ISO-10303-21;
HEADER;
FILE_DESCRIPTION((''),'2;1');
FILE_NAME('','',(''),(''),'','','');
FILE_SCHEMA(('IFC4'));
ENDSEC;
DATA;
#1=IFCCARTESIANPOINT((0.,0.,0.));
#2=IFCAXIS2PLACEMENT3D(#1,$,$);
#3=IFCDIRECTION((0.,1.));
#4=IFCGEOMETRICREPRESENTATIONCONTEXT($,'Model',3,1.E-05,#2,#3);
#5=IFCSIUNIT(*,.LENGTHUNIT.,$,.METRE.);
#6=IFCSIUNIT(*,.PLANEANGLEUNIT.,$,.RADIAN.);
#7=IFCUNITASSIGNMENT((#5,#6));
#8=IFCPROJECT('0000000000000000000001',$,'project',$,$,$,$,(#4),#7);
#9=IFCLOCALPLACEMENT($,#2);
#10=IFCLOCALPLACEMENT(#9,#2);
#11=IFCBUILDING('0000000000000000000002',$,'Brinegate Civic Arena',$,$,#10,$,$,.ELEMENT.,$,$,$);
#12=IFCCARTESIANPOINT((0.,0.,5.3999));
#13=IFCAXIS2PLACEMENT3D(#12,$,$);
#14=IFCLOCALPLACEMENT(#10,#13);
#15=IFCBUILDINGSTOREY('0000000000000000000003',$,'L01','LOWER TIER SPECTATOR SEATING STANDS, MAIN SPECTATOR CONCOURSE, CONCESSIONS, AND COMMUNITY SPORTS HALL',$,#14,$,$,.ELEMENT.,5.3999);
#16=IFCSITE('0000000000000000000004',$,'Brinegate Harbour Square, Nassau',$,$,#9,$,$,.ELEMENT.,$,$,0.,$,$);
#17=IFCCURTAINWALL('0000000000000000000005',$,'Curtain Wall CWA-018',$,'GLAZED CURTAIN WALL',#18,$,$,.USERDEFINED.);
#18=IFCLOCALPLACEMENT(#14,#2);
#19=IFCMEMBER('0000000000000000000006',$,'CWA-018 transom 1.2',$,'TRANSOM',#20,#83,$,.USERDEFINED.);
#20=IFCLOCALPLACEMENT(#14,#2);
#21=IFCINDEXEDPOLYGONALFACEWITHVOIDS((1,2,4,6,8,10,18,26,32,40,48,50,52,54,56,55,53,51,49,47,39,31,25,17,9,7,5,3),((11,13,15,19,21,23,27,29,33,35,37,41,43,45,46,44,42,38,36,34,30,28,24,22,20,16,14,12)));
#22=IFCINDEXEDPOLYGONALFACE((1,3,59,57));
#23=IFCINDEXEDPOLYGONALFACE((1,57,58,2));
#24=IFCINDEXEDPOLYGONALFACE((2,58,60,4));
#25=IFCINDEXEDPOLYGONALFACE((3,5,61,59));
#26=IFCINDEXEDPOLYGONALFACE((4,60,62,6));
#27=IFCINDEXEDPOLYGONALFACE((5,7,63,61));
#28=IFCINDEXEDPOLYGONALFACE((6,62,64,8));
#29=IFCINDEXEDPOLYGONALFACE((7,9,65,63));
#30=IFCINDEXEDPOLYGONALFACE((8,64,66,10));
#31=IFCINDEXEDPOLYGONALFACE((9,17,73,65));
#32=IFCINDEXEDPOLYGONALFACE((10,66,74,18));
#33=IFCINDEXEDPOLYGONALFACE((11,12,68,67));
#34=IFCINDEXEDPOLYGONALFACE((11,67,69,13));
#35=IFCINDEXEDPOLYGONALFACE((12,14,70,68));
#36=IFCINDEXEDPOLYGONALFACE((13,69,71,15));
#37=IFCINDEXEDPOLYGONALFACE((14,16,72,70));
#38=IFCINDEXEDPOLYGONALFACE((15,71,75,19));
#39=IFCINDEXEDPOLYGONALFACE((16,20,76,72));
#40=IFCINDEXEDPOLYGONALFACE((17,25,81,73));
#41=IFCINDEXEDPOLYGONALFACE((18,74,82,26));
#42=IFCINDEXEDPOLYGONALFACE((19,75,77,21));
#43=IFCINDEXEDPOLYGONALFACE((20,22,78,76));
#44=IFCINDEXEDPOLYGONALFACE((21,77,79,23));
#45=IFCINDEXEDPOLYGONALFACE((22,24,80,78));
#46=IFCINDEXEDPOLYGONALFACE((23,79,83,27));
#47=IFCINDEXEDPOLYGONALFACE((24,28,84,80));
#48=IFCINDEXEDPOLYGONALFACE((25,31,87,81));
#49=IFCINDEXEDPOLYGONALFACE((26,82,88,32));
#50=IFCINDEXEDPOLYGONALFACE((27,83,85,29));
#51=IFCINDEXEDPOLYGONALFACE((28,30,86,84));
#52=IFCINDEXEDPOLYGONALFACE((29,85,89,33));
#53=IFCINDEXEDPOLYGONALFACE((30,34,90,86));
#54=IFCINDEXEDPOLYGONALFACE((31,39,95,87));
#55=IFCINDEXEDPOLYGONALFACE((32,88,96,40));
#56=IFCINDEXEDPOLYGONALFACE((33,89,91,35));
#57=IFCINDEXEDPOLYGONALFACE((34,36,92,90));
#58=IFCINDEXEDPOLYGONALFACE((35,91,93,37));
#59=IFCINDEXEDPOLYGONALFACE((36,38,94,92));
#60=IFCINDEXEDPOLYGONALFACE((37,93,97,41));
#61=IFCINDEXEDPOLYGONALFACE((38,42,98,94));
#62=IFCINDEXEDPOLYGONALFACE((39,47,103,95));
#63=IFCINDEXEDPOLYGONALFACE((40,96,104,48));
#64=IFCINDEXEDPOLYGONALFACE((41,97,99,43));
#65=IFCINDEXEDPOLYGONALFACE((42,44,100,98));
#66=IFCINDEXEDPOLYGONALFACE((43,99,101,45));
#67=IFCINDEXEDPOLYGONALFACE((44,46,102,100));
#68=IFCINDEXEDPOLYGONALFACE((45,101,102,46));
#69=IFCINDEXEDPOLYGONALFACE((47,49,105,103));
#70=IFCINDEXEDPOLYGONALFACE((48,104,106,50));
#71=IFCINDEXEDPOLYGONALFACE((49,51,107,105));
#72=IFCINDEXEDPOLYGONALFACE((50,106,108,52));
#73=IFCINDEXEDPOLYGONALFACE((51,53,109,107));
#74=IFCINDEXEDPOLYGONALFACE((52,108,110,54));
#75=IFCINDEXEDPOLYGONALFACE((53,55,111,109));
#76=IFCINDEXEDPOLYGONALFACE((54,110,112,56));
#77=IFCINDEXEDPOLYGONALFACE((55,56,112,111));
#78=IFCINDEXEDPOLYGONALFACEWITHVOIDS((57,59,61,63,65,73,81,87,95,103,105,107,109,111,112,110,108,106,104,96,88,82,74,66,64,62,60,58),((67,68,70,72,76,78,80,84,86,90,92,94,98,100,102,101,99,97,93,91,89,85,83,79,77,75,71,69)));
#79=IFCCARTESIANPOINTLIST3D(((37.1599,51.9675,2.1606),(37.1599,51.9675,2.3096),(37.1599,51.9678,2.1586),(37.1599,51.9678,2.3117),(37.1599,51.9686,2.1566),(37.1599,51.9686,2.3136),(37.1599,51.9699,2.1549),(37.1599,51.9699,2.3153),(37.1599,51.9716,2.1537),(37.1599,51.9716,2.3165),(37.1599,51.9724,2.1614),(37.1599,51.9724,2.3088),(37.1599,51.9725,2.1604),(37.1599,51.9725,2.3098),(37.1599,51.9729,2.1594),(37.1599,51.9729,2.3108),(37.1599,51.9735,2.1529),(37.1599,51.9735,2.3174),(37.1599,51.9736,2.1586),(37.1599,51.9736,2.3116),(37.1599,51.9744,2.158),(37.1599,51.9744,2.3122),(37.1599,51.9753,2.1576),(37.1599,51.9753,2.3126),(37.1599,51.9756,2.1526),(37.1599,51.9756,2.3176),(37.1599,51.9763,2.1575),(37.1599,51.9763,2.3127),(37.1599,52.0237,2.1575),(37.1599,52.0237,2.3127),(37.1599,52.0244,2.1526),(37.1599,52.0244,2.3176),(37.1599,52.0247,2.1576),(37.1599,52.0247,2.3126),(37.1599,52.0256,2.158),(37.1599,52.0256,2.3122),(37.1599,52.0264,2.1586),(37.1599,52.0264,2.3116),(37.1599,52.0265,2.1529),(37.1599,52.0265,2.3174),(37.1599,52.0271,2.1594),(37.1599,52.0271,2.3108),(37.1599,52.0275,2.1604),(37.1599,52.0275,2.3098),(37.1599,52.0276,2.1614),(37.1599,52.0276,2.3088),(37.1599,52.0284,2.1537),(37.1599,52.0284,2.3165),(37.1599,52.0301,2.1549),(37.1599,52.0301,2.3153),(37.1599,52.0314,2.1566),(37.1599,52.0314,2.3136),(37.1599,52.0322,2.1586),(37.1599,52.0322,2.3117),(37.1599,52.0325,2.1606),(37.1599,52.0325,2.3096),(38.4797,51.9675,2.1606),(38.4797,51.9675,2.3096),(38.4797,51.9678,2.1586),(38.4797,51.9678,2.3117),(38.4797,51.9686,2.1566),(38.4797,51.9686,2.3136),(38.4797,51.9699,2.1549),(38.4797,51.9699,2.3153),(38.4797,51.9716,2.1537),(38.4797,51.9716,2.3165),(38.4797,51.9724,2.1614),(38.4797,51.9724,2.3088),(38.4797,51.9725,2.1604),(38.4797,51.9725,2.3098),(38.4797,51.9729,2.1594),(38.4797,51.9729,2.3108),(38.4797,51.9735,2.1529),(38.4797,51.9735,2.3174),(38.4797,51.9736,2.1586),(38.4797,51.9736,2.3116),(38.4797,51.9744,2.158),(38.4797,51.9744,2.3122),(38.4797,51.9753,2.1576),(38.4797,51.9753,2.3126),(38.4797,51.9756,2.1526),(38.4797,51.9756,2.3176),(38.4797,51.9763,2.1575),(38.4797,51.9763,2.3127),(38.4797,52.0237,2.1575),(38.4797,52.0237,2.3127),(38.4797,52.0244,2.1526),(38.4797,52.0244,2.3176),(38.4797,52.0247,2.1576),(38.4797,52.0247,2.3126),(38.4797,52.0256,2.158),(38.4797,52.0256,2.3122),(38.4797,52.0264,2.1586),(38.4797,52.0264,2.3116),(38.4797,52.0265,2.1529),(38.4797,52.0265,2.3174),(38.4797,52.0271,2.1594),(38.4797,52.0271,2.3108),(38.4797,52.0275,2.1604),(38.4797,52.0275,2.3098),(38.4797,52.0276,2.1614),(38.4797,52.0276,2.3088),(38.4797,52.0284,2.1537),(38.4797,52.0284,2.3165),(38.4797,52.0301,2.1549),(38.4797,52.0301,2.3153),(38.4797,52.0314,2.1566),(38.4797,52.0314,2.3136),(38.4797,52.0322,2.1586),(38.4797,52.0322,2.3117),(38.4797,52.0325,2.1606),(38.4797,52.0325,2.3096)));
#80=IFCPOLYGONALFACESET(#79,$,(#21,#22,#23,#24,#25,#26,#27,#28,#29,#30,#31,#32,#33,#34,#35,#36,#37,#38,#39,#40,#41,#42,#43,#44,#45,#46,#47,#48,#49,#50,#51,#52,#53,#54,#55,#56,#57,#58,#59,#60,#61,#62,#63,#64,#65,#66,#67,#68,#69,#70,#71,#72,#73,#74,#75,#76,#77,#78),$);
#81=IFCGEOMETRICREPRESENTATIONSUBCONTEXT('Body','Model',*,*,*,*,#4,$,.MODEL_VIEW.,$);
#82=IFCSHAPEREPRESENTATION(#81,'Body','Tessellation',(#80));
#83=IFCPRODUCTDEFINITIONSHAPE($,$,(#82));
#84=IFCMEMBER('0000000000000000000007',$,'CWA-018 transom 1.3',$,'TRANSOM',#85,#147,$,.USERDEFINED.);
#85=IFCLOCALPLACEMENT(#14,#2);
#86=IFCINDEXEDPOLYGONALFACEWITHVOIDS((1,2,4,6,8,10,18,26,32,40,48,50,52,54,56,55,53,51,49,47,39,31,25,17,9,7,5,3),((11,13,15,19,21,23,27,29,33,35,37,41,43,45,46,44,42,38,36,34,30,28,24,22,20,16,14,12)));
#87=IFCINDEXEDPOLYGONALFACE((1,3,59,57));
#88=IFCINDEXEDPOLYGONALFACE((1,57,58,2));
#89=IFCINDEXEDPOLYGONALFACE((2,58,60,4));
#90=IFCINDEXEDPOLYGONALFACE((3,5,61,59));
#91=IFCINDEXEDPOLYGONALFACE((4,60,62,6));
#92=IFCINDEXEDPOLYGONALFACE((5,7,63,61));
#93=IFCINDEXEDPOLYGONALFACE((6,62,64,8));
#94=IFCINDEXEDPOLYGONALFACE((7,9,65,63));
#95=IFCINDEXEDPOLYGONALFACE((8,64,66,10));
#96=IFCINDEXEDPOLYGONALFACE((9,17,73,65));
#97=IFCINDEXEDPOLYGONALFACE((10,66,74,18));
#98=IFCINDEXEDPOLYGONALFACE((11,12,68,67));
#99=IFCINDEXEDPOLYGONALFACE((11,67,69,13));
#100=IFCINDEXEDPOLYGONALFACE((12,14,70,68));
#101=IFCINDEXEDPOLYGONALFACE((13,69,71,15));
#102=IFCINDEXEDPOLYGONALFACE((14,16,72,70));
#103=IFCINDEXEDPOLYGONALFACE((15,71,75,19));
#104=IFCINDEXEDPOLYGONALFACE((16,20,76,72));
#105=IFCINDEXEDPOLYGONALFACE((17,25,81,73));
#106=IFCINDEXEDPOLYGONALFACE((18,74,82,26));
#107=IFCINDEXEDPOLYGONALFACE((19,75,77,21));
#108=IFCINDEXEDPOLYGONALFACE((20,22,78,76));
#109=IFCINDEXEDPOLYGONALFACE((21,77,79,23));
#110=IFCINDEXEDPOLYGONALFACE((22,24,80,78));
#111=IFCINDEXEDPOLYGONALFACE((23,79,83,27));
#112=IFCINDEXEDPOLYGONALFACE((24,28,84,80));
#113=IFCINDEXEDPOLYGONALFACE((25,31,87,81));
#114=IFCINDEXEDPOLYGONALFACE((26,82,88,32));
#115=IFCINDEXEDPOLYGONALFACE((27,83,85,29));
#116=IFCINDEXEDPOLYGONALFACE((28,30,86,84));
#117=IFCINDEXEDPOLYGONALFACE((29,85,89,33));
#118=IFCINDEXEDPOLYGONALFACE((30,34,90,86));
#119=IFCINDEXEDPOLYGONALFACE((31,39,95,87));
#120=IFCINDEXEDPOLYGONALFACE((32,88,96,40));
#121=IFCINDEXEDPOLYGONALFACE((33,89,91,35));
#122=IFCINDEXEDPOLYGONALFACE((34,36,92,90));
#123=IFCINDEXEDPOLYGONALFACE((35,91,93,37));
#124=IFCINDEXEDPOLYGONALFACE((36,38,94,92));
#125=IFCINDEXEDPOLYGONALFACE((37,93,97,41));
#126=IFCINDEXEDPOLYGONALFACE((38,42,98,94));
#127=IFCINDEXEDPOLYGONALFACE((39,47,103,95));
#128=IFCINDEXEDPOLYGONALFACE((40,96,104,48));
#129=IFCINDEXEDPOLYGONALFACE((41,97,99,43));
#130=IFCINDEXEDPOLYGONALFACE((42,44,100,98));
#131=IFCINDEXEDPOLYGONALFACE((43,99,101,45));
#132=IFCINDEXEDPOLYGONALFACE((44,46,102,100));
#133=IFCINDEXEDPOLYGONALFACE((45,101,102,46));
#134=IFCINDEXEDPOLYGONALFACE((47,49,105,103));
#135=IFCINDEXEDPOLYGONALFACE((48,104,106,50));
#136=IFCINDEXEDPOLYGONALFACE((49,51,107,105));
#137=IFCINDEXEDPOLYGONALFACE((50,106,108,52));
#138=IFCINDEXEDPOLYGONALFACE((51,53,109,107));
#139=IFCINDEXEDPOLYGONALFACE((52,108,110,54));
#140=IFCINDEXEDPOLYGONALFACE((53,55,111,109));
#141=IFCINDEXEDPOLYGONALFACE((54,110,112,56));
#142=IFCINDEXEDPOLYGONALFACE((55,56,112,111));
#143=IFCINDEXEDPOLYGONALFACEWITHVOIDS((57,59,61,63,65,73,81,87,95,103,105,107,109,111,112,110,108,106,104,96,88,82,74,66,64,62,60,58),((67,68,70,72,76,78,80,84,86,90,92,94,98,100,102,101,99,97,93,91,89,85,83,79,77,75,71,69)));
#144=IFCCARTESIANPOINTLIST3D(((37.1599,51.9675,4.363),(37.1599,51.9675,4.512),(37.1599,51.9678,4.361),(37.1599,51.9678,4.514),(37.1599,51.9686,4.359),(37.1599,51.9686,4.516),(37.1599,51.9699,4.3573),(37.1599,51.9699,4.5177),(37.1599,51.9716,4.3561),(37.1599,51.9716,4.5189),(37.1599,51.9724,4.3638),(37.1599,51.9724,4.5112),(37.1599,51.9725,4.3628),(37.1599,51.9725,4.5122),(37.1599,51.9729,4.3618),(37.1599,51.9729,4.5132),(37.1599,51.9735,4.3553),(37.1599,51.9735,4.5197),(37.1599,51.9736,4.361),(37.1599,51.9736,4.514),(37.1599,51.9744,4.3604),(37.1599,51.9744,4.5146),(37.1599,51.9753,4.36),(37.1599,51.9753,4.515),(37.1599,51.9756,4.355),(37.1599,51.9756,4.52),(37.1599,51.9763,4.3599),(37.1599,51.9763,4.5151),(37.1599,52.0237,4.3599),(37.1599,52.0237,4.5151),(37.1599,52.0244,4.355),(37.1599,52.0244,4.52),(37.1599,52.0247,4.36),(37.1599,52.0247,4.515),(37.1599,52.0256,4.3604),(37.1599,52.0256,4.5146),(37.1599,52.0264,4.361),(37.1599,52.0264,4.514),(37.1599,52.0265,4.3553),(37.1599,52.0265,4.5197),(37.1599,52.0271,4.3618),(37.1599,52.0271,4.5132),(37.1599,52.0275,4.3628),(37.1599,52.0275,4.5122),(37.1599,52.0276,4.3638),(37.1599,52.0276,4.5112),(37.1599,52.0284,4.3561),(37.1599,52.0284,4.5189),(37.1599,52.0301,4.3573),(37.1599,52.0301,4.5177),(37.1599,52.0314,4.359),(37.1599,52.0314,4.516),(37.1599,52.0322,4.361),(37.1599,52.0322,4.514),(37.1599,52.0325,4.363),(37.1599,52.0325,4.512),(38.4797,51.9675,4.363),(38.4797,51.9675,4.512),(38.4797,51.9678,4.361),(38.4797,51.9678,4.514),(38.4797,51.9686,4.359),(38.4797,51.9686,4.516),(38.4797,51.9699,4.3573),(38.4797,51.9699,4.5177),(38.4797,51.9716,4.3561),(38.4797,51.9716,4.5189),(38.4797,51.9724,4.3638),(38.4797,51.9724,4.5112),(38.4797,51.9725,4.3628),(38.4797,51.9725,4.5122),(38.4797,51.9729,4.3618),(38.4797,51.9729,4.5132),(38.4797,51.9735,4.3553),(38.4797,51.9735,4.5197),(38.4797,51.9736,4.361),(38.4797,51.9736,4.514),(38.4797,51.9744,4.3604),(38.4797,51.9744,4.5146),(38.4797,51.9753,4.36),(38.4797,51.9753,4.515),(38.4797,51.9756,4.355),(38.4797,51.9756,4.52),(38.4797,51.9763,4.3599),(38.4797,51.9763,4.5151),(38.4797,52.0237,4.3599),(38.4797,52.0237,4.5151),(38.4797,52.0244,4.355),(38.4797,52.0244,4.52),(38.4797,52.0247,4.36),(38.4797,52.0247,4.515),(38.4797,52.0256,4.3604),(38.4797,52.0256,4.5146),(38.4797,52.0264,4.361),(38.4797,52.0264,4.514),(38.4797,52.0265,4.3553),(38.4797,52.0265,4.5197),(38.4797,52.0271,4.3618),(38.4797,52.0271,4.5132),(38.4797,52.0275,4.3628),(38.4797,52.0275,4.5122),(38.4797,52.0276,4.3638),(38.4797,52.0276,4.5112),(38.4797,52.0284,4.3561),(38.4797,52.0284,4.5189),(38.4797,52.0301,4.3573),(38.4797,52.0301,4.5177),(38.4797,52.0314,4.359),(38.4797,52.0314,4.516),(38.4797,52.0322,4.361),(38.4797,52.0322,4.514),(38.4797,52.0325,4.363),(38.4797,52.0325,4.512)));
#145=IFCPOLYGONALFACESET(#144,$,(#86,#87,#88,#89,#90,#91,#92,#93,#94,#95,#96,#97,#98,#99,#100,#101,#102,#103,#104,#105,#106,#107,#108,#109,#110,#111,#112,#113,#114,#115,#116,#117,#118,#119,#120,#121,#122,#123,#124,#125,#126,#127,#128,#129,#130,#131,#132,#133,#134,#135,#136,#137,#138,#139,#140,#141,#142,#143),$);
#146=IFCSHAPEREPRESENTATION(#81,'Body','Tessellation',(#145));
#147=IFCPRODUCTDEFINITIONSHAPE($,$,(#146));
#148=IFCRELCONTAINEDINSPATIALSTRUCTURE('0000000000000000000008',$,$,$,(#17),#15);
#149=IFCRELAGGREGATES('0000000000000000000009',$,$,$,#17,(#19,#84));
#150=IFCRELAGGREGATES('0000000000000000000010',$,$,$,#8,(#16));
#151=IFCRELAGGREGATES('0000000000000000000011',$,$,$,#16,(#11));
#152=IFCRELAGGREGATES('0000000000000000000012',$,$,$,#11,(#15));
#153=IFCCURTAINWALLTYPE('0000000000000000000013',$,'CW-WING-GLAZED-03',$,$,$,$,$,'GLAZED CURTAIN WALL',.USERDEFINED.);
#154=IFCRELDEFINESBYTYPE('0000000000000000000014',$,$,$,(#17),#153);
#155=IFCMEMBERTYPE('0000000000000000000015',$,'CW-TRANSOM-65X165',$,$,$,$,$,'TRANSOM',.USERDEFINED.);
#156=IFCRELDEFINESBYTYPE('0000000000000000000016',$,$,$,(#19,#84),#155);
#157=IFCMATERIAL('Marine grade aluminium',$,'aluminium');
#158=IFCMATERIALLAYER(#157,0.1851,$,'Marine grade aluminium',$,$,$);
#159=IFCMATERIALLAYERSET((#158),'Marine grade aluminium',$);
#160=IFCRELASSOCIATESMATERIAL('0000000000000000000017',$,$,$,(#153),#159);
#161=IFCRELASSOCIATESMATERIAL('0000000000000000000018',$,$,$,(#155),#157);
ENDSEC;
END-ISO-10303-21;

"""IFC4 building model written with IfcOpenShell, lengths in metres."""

from ifc_helpers import new_model, si_unit, direction, frame, origin, origin_2d, place, context, subcontext, project, spatial, hollow_rectangle, extrude, material, layer, layer_set, material_profile, profile_set, type_object, element, aggregate, save


model = new_model("IFC4")

# Units and contexts
model_context = context("Model", 3, precision=1e-05, world=origin(), true_north=direction((0.0, 1.0)))
body_context = subcontext(model_context, "Body", "Model", "MODEL_VIEW")
ifc_project = project(units=[si_unit("LENGTHUNIT", "METRE"), si_unit("PLANEANGLEUNIT", "RADIAN")], contexts=[model_context])

# Site, building, storey
site_placement = place(None, origin())
site = spatial("IfcSite", under=ifc_project, at=site_placement, Name="Brinegate Harbour Square, Nassau", CompositionType="ELEMENT", RefElevation=0.0)
building_placement = place(site_placement, origin())
building = spatial("IfcBuilding", under=site, at=building_placement, Name="Brinegate Civic Arena", CompositionType="ELEMENT")
storey_placement = place(building_placement, frame((0.0, 0.0, 5.3999)))
storey = spatial("IfcBuildingStorey", under=building, at=storey_placement, Name="L01", Description="LOWER TIER SPECTATOR SEATING STANDS, MAIN SPECTATOR CONCOURSE, CONCESSIONS, AND COMMUNITY SPORTS HALL", CompositionType="ELEMENT", Elevation=5.3999)

# Curtain wall, members
ifc_material_1 = material(Name="Marine grade aluminium", Category="aluminium")
ifc_layer_1 = layer(ifc_material_1, 0.1851, Name="Marine grade aluminium")
ifc_layer_set_1 = layer_set([ifc_layer_1], Name="Marine grade aluminium")
curtain_wall_type = type_object("IfcCurtainWallType", Name="CW-WING-GLAZED-03", ElementType="GLAZED CURTAIN WALL", PredefinedType="USERDEFINED", material=ifc_layer_set_1)
curtain_wall_1_placement = place(storey_placement, origin())
curtain_wall_1 = element("IfcCurtainWall", 1, at=curtain_wall_1_placement, inside=storey, type_object=curtain_wall_type, Name="Curtain Wall CWA-018", ObjectType="GLAZED CURTAIN WALL", PredefinedType="USERDEFINED")
ifc_material_profile_1 = material_profile(ifc_material_1, hollow_rectangle(XDim=0.0649, YDim=0.165, WallThickness=0.0049, InnerFilletRadius=0.0039, OuterFilletRadius=0.0081, at=origin_2d()), Name="TRN65X165")
ifc_profile_set_1 = profile_set([ifc_material_profile_1], Name="Marine grade aluminium")
member_type_1 = type_object("IfcMemberType", Name="CW-TRANSOM-65X165", ElementType="TRANSOM", PredefinedType="USERDEFINED", material=ifc_profile_set_1)
member_1_placement = place(storey_placement, frame((37.1599, 52.0, 2.2351), z_axis=(1.0, 0.0, 0.0), x_axis=(0.0, 1.0, 0.0)))
member_1 = element("IfcMember", 2, at=member_1_placement, type_object=member_type_1, Name="CWA-018 transom 1.2", ObjectType="TRANSOM", PredefinedType="USERDEFINED", context=body_context, shape_type="SweptSolid", body=[
    extrude(hollow_rectangle(XDim=0.0649, YDim=0.165, WallThickness=0.0049, InnerFilletRadius=0.0039, OuterFilletRadius=0.0081, at=origin_2d()), origin(), (0.0, 0.0, 1.0), 1.3198),
])
member_2_placement = place(storey_placement, frame((37.1599, 52.0, 4.4375), z_axis=(1.0, 0.0, 0.0), x_axis=(0.0, 1.0, 0.0)))
member_2 = element("IfcMember", 3, at=member_2_placement, type_object=member_type_1, Name="CWA-018 transom 1.3", ObjectType="TRANSOM", PredefinedType="USERDEFINED", context=body_context, shape_type="SweptSolid", body=[
    extrude(hollow_rectangle(XDim=0.0649, YDim=0.165, WallThickness=0.0049, InnerFilletRadius=0.0039, OuterFilletRadius=0.0081, at=origin_2d()), origin(), (0.0, 0.0, 1.0), 1.3198),
])
aggregate(curtain_wall_1, [member_1, member_2])

save(model, "model.ifc")
